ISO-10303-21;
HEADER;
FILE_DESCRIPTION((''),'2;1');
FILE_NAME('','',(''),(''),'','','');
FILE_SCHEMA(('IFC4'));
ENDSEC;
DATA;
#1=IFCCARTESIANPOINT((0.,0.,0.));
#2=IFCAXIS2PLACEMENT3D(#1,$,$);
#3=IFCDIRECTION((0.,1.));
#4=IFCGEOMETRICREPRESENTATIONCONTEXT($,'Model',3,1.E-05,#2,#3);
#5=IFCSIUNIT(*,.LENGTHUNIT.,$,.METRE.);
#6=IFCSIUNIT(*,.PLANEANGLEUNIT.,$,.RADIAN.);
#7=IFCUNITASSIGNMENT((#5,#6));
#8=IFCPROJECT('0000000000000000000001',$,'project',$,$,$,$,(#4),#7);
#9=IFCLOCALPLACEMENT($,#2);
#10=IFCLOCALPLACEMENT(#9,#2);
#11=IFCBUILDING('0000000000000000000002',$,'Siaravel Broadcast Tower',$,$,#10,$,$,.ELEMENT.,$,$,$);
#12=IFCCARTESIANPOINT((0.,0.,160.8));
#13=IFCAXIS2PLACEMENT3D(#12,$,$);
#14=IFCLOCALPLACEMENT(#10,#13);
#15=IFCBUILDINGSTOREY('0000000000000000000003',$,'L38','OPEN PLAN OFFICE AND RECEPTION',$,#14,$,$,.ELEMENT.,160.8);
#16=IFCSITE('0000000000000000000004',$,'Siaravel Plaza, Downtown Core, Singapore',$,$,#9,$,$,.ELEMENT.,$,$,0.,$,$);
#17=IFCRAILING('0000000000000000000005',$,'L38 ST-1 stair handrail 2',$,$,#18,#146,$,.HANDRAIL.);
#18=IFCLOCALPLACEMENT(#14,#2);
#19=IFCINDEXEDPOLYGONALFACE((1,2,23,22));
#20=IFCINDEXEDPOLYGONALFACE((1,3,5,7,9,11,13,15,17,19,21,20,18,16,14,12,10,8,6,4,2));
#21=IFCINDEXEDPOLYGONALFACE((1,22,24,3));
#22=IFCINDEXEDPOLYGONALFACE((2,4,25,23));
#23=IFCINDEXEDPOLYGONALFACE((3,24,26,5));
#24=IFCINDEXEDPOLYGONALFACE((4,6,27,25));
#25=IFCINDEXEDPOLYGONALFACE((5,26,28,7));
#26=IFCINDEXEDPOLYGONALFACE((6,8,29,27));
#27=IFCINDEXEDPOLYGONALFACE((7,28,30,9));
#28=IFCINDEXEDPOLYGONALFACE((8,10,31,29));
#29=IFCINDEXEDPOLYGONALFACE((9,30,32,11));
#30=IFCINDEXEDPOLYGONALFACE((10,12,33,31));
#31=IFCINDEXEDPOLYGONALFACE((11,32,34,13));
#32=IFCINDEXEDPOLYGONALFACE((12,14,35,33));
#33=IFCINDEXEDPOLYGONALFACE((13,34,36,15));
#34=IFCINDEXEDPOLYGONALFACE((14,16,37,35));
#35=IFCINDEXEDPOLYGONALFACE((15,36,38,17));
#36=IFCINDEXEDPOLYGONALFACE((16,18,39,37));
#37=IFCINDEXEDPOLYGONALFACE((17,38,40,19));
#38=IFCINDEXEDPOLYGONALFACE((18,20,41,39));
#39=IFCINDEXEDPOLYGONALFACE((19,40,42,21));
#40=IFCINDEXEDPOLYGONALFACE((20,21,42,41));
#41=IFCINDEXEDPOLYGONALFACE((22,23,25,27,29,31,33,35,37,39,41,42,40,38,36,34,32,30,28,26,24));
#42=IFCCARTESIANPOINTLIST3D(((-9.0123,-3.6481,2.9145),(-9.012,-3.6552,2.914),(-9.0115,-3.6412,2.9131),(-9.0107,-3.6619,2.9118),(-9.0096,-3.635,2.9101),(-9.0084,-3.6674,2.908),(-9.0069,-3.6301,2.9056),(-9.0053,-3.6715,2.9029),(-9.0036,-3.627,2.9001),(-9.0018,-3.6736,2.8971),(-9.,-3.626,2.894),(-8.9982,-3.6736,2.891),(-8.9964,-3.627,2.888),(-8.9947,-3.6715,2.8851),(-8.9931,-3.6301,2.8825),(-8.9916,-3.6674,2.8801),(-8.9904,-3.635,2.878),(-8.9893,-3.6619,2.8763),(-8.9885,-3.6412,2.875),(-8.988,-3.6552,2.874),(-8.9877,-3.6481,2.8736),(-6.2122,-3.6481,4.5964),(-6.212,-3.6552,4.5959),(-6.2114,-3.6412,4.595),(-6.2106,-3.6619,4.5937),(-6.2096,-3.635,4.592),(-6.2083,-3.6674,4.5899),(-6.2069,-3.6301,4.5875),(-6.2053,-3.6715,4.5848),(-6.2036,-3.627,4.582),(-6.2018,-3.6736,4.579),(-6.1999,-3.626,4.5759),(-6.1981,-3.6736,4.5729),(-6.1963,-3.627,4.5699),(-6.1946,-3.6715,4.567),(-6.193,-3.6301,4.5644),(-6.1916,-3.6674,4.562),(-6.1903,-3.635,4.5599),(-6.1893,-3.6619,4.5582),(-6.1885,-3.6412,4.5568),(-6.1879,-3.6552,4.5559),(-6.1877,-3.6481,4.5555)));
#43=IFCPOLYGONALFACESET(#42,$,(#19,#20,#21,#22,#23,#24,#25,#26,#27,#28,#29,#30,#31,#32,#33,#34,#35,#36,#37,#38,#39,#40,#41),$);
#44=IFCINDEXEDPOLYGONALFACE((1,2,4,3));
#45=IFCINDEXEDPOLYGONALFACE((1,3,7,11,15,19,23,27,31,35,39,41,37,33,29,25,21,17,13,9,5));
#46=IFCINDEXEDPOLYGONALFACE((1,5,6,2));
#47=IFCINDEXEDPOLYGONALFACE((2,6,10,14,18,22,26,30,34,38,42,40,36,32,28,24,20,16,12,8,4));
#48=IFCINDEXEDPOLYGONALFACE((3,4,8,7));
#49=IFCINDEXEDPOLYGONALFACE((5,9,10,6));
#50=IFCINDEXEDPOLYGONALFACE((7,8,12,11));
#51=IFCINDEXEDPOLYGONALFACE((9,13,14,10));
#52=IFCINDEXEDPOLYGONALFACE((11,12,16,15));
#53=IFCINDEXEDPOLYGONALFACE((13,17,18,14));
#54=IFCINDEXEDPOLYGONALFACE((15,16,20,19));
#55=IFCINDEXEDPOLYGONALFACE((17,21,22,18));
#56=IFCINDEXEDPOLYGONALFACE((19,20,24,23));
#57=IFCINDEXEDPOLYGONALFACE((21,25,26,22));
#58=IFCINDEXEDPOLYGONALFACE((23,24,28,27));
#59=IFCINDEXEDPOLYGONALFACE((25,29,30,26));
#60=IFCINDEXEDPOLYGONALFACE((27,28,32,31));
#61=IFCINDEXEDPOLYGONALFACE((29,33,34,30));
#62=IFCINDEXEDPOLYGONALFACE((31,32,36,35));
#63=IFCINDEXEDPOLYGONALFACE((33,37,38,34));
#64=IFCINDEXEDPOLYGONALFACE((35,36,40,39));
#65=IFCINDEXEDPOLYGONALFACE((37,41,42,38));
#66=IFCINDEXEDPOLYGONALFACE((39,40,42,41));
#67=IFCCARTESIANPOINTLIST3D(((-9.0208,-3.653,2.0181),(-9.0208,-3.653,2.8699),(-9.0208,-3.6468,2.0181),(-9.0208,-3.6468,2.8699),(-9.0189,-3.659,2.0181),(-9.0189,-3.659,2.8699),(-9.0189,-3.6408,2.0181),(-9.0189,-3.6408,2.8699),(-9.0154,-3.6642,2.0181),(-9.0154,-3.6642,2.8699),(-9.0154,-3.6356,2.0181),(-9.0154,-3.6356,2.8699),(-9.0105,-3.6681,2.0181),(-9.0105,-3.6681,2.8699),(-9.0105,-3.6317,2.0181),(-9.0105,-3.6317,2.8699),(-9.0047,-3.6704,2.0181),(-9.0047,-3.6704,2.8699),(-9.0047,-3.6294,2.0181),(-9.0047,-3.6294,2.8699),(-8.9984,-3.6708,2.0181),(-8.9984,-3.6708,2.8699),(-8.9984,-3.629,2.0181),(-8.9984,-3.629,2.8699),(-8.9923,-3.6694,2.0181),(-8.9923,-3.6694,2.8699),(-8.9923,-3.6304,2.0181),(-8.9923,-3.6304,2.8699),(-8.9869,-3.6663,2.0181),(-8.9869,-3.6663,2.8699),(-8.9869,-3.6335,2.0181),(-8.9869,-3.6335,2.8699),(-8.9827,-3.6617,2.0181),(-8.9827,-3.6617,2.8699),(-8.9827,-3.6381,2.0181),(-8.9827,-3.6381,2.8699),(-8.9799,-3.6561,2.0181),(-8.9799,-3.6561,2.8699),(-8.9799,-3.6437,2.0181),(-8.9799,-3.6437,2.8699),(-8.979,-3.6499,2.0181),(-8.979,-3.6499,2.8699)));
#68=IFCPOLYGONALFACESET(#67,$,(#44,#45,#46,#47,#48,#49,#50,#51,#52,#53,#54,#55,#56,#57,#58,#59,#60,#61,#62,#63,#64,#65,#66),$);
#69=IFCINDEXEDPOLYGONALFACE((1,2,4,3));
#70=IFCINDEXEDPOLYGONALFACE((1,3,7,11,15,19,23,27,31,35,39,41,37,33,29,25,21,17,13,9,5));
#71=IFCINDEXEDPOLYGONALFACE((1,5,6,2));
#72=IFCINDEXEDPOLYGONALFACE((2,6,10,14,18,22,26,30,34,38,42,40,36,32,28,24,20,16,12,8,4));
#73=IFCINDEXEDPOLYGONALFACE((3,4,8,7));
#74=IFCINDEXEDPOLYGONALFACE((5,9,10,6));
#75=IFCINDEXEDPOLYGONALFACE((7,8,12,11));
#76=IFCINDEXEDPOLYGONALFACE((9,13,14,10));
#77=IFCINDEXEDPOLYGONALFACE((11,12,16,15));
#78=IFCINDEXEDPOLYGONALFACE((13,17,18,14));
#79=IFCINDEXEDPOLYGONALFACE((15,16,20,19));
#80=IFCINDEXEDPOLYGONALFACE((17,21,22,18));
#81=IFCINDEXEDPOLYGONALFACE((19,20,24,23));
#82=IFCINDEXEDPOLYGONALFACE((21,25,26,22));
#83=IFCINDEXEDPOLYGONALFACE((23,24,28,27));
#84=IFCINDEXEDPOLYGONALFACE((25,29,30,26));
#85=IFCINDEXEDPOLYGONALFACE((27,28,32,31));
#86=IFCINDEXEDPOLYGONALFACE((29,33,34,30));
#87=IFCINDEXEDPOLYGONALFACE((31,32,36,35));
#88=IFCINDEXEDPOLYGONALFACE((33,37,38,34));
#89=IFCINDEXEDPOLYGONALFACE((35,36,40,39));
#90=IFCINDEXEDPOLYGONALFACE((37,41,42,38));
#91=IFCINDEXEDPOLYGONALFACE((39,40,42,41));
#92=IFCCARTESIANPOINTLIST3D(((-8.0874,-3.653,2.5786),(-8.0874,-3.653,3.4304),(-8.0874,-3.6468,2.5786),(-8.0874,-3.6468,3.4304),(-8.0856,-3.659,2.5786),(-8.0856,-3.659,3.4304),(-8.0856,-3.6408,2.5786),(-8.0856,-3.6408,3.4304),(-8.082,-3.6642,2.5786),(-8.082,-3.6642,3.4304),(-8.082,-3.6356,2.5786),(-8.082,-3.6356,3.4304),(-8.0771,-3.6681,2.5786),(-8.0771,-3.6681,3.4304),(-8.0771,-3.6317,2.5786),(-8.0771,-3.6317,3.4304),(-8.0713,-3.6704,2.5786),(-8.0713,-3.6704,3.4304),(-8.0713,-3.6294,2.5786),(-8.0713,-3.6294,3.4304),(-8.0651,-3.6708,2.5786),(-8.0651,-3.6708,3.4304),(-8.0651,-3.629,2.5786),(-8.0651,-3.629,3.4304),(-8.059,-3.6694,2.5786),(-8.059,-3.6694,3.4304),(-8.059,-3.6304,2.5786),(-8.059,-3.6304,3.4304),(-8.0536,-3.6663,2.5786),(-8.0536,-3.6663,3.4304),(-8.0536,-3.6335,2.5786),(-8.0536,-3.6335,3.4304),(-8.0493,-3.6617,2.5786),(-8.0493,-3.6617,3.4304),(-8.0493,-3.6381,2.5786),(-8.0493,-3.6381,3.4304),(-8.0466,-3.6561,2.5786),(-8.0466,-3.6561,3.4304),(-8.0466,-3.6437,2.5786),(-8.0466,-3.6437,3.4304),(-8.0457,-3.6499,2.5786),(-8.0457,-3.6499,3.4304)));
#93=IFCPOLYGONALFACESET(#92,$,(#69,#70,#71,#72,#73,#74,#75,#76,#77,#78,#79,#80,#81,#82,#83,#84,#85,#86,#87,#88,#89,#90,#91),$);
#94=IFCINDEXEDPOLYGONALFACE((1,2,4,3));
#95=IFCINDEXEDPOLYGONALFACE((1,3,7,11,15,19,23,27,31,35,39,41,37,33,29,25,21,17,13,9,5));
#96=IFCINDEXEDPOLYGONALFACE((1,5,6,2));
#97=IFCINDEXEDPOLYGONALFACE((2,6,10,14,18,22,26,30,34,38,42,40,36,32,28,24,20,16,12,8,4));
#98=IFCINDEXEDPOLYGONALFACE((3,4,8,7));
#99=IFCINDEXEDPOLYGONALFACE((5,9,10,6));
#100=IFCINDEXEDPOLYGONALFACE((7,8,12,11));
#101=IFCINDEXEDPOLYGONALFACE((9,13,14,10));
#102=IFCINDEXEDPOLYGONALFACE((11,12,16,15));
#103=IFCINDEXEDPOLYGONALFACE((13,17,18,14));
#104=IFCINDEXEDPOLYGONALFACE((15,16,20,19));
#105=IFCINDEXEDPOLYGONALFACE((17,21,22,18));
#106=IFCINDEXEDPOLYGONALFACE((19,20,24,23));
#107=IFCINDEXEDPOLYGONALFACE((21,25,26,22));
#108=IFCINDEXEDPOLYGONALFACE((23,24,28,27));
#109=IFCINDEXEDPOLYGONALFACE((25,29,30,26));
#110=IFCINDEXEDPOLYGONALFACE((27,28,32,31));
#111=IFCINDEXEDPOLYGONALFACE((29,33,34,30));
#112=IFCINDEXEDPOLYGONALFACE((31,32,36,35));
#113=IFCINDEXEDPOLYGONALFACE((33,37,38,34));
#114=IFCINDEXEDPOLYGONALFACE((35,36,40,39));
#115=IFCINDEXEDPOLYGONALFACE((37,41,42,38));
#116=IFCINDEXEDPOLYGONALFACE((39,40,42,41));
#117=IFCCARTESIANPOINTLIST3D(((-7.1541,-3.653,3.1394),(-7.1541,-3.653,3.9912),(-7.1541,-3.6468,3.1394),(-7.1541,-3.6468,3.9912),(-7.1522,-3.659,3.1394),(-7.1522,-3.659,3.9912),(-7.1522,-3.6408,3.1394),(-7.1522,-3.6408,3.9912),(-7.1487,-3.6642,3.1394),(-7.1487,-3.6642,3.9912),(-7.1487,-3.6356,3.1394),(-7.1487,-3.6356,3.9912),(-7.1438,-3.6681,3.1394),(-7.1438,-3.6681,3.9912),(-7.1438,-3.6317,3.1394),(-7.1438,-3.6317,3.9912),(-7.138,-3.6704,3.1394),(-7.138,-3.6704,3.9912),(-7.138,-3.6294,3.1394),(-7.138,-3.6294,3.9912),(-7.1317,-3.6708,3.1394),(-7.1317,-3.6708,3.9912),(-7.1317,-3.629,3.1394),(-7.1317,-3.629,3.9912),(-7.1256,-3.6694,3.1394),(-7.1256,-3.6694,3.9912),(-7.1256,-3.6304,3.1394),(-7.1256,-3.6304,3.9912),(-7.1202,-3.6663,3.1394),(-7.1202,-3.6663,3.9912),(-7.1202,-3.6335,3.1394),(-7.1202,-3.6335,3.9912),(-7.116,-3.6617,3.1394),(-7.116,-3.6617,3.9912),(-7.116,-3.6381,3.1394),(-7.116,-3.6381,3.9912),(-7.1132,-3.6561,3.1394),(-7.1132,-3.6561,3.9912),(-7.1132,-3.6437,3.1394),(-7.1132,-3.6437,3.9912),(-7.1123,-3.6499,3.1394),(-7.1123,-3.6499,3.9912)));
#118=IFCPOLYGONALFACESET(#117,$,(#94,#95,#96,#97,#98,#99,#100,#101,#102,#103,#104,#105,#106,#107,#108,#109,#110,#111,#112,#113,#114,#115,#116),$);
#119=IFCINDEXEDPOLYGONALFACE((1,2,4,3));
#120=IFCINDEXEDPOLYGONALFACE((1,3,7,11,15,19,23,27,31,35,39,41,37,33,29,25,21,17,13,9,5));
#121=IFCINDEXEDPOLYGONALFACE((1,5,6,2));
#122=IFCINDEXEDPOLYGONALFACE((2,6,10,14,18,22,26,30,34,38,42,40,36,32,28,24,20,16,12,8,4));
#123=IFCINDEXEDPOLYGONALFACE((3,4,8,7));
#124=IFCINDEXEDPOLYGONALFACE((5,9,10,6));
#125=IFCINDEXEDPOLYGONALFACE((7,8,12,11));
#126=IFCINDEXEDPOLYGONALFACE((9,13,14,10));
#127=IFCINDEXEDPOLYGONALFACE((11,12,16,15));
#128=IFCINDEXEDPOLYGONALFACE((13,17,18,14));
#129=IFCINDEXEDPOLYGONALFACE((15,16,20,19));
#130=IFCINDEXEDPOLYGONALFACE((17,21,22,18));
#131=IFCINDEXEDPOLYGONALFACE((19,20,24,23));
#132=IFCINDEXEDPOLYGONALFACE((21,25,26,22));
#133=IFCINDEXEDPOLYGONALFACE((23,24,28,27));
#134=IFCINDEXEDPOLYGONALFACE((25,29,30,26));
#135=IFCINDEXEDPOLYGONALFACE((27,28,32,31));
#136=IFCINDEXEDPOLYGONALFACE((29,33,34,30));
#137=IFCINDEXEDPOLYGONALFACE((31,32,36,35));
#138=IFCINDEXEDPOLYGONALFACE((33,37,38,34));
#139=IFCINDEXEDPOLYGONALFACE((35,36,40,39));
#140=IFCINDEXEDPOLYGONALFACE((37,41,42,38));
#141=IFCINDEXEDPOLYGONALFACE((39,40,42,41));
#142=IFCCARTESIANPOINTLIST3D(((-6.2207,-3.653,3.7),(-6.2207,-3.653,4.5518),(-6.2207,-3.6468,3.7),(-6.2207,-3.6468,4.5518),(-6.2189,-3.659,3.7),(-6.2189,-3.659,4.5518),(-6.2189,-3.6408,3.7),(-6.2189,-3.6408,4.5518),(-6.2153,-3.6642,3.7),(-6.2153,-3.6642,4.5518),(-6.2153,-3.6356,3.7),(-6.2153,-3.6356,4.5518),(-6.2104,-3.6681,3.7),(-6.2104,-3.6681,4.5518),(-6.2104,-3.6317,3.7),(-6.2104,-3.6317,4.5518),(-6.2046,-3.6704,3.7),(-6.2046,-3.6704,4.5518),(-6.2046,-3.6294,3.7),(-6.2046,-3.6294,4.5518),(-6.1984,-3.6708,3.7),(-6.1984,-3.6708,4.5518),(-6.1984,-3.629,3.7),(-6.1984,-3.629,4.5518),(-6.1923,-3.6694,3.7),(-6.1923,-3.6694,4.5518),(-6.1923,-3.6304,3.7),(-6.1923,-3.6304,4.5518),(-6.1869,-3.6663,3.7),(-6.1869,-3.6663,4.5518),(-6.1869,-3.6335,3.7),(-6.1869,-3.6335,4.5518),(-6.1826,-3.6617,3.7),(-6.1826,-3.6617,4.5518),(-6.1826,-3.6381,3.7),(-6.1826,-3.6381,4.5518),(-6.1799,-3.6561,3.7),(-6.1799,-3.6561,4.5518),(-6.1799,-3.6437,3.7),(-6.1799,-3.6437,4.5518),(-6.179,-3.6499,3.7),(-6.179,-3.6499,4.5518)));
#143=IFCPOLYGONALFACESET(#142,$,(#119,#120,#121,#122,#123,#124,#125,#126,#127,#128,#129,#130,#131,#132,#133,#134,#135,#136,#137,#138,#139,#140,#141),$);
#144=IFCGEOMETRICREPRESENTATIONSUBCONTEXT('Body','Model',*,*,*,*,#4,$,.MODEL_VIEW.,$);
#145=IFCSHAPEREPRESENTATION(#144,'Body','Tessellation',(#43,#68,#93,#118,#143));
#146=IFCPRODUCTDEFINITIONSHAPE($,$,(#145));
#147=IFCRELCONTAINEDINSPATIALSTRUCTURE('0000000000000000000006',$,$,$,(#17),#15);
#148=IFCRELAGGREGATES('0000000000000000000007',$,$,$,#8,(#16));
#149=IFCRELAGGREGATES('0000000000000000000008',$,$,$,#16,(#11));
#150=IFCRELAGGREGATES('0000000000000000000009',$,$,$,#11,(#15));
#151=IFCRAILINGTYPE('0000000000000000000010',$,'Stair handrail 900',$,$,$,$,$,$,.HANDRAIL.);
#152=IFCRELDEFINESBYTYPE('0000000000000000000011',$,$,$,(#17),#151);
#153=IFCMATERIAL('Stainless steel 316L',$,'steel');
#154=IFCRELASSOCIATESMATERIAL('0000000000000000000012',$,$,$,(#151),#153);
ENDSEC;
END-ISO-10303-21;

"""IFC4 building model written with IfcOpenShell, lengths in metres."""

from ifc_helpers import new_model, si_unit, direction, frame, origin, origin_2d, place, context, subcontext, project, spatial, circle, extrude, material, type_object, element, save


model = new_model("IFC4")

# Units and contexts
model_context = context("Model", 3, precision=1e-05, world=origin(), true_north=direction((0.0, 1.0)))
body_context = subcontext(model_context, "Body", "Model", "MODEL_VIEW")
ifc_project = project(units=[si_unit("LENGTHUNIT", "METRE"), si_unit("PLANEANGLEUNIT", "RADIAN")], contexts=[model_context])

# Site, building, storey
site_placement = place(None, origin())
site = spatial("IfcSite", under=ifc_project, at=site_placement, Name="Siaravel Plaza, Downtown Core, Singapore", CompositionType="ELEMENT", RefElevation=0.0)
building_placement = place(site_placement, origin())
building = spatial("IfcBuilding", under=site, at=building_placement, Name="Siaravel Broadcast Tower", CompositionType="ELEMENT")
storey_placement = place(building_placement, frame((0.0, 0.0, 160.8)))
storey = spatial("IfcBuildingStorey", under=building, at=storey_placement, Name="L38", Description="OPEN PLAN OFFICE AND RECEPTION", CompositionType="ELEMENT", Elevation=160.8)

# Shared definitions
ifc_material_1 = material(Name="Stainless steel 316L", Category="steel")

# Railing
railing_type_1 = type_object("IfcRailingType", Name="Stair handrail 900", PredefinedType="HANDRAIL", material=ifc_material_1)
railing_1_placement = place(storey_placement, frame((-9.0, -3.6499, 2.0181)))
element("IfcRailing", 1, at=railing_1_placement, inside=storey, type_object=railing_type_1, Name="L38 ST-1 stair handrail 2", PredefinedType="HANDRAIL", context=body_context, shape_type="SweptSolid", body=[
    extrude(circle(Radius=0.0239, at=origin_2d()), frame((0.0, 0.0, 0.876), z_axis=(0.857242, 0.0, 0.514913), x_axis=(0.0, 1.0, 0.0)), (0.0, 0.0, 1.0), 3.2664),
    extrude(circle(Radius=0.021, at=origin_2d()), origin(), (0.0, 0.0, 1.0), 0.8518),
    extrude(circle(Radius=0.021, at=origin_2d()), frame((0.9333, 0.0, 0.5605)), (0.0, 0.0, 1.0), 0.8518),
    extrude(circle(Radius=0.021, at=origin_2d()), frame((1.8667, 0.0, 1.1213)), (0.0, 0.0, 1.0), 0.8518),
    extrude(circle(Radius=0.021, at=origin_2d()), frame((2.8, 0.0, 1.6819)), (0.0, 0.0, 1.0), 0.8518),
])

save(model, "model.ifc")
